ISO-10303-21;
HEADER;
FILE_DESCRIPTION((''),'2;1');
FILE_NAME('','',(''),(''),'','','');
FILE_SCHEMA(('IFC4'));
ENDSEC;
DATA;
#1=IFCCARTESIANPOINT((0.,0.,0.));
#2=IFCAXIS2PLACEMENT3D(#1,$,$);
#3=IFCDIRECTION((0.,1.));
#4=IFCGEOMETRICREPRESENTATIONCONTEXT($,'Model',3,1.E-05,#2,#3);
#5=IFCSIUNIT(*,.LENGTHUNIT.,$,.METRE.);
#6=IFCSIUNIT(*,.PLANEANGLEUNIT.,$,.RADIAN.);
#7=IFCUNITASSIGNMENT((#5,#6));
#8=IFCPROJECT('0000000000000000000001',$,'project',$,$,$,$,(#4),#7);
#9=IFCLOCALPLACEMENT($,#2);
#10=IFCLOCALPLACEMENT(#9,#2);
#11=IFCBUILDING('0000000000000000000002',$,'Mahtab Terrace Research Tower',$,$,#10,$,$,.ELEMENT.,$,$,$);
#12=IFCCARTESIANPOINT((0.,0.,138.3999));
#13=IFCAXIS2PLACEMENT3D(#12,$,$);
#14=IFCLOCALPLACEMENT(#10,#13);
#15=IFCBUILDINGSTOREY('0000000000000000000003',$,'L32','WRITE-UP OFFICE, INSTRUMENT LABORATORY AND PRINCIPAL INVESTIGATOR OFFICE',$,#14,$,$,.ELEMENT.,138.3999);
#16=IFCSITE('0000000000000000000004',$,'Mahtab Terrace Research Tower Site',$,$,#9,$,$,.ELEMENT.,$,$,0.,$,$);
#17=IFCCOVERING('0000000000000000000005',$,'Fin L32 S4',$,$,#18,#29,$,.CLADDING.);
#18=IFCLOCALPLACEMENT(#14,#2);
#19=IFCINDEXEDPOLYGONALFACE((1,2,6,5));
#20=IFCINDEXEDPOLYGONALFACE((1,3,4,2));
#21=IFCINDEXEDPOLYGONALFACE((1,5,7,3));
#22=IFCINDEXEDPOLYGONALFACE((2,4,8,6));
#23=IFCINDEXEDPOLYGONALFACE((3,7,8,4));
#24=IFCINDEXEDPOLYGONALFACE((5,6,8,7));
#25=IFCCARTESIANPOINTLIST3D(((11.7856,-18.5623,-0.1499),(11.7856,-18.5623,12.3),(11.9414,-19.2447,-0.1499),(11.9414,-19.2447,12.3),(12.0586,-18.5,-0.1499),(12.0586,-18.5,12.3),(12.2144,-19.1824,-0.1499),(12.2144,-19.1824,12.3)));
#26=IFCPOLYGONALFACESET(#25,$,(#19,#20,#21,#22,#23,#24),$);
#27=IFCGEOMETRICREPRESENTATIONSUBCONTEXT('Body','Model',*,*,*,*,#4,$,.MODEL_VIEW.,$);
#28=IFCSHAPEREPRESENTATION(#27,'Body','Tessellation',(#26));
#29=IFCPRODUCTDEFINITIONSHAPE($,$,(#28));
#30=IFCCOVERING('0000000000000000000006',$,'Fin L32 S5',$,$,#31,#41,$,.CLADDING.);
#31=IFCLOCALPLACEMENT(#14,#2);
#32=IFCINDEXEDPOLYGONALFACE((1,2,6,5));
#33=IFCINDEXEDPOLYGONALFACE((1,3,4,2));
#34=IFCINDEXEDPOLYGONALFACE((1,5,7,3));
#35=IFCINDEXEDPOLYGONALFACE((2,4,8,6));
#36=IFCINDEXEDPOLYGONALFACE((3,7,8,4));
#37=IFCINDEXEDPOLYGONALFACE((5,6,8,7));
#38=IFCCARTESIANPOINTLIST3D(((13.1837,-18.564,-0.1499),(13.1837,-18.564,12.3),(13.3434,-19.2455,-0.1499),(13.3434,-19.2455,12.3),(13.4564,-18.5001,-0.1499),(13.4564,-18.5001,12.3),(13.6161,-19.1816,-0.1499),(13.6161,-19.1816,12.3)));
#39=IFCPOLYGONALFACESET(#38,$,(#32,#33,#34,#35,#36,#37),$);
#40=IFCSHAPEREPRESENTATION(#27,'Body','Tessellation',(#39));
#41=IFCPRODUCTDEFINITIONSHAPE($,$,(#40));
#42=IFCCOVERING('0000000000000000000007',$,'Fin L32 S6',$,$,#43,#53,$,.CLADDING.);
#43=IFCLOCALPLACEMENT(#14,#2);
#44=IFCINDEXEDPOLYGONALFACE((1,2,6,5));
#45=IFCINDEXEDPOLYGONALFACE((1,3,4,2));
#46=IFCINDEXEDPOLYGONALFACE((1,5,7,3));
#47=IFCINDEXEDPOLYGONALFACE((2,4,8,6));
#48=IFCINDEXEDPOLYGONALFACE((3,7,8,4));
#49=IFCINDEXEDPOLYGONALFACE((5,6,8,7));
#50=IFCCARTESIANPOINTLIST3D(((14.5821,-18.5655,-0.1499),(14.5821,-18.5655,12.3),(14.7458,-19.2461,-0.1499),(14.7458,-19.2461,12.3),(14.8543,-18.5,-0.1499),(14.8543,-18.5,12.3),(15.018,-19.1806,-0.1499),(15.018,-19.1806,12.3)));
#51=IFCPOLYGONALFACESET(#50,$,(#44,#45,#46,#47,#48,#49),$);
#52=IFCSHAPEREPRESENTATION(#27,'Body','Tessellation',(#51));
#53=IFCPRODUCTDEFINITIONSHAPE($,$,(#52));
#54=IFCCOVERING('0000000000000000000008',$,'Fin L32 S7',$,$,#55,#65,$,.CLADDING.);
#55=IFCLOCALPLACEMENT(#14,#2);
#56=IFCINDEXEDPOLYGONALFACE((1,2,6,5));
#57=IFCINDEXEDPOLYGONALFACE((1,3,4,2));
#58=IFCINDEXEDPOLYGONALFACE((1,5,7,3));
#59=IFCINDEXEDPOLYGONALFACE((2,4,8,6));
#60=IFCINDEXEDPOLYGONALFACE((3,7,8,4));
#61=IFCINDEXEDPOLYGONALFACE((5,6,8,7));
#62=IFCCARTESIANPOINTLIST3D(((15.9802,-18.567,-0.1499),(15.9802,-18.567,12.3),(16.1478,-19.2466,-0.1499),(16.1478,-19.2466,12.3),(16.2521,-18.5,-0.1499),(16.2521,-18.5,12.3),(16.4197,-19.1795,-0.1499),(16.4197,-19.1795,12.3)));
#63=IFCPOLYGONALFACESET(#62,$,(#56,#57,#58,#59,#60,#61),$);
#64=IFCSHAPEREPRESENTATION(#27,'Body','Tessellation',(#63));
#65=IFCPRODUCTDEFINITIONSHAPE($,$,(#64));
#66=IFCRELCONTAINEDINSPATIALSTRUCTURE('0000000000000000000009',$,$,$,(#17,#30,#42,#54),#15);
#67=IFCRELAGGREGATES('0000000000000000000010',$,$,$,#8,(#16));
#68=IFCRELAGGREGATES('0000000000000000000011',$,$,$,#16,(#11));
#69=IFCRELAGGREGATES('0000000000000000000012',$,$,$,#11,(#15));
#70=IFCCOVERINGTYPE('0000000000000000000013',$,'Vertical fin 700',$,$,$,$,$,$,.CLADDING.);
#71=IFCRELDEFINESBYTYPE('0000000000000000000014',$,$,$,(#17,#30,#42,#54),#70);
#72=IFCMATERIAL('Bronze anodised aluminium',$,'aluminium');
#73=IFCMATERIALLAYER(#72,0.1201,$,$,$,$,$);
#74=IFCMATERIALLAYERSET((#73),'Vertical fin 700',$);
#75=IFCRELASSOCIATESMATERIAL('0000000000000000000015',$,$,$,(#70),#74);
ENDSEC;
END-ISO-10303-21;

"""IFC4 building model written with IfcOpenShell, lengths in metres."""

from ifc_helpers import new_model, si_unit, direction, frame, origin, origin_2d, place, context, subcontext, project, spatial, rectangle, extrude, material, layer, layer_set, type_object, element, save


model = new_model("IFC4")

# Units and contexts
model_context = context("Model", 3, precision=1e-05, world=origin(), true_north=direction((0.0, 1.0)))
body_context = subcontext(model_context, "Body", "Model", "MODEL_VIEW")
ifc_project = project(units=[si_unit("LENGTHUNIT", "METRE"), si_unit("PLANEANGLEUNIT", "RADIAN")], contexts=[model_context])

# Site, building, storey
site_placement = place(None, origin())
site = spatial("IfcSite", under=ifc_project, at=site_placement, Name="Mahtab Terrace Research Tower Site", CompositionType="ELEMENT", RefElevation=0.0)
building_placement = place(site_placement, origin())
building = spatial("IfcBuilding", under=site, at=building_placement, Name="Mahtab Terrace Research Tower", CompositionType="ELEMENT")
storey_placement = place(building_placement, frame((0.0, 0.0, 138.3999)))
storey = spatial("IfcBuildingStorey", under=building, at=storey_placement, Name="L32", Description="WRITE-UP OFFICE, INSTRUMENT LABORATORY AND PRINCIPAL INVESTIGATOR OFFICE", CompositionType="ELEMENT", Elevation=138.3999)

# Coverings
ifc_material_1 = material(Name="Bronze anodised aluminium", Category="aluminium")
ifc_layer_1 = layer(ifc_material_1, 0.1201)
ifc_layer_set_1 = layer_set([ifc_layer_1], Name="Vertical fin 700")
covering_type = type_object("IfcCoveringType", Name="Vertical fin 700", PredefinedType="CLADDING", material=ifc_layer_set_1)
for number, where, z_axis, x_axis, name in (
    (1, (12.0, -18.8723, -0.1499), (0.0, 0.0, 1.0), (0.974928, 0.222521, 0.0), "Fin L32 S4"),
    (2, (13.3999, -18.8728, -0.1499), (0.0, 0.0, 1.0), (0.973617, 0.228189, 0.0), "Fin L32 S5"),
    (3, (14.8, -18.873, -0.1499), (0.0, 0.0, 1.0), (0.972273, 0.233849, 0.0), "Fin L32 S6"),
    (4, (16.2, -18.8733, -0.1499), (0.0, 0.0, 1.0), (0.970896, 0.239502, 0.0), "Fin L32 S7"),
):
    element("IfcCovering", number, at=place(storey_placement, frame(where, z_axis=z_axis, x_axis=x_axis)), inside=storey, type_object=covering_type, Name=name, PredefinedType="CLADDING", context=body_context, shape_type="SweptSolid", body=[
        extrude(rectangle(XDim=0.28, YDim=0.7, at=origin_2d()), origin(), (0.0, 0.0, 1.0), 12.45),
    ])

save(model, "model.ifc")
